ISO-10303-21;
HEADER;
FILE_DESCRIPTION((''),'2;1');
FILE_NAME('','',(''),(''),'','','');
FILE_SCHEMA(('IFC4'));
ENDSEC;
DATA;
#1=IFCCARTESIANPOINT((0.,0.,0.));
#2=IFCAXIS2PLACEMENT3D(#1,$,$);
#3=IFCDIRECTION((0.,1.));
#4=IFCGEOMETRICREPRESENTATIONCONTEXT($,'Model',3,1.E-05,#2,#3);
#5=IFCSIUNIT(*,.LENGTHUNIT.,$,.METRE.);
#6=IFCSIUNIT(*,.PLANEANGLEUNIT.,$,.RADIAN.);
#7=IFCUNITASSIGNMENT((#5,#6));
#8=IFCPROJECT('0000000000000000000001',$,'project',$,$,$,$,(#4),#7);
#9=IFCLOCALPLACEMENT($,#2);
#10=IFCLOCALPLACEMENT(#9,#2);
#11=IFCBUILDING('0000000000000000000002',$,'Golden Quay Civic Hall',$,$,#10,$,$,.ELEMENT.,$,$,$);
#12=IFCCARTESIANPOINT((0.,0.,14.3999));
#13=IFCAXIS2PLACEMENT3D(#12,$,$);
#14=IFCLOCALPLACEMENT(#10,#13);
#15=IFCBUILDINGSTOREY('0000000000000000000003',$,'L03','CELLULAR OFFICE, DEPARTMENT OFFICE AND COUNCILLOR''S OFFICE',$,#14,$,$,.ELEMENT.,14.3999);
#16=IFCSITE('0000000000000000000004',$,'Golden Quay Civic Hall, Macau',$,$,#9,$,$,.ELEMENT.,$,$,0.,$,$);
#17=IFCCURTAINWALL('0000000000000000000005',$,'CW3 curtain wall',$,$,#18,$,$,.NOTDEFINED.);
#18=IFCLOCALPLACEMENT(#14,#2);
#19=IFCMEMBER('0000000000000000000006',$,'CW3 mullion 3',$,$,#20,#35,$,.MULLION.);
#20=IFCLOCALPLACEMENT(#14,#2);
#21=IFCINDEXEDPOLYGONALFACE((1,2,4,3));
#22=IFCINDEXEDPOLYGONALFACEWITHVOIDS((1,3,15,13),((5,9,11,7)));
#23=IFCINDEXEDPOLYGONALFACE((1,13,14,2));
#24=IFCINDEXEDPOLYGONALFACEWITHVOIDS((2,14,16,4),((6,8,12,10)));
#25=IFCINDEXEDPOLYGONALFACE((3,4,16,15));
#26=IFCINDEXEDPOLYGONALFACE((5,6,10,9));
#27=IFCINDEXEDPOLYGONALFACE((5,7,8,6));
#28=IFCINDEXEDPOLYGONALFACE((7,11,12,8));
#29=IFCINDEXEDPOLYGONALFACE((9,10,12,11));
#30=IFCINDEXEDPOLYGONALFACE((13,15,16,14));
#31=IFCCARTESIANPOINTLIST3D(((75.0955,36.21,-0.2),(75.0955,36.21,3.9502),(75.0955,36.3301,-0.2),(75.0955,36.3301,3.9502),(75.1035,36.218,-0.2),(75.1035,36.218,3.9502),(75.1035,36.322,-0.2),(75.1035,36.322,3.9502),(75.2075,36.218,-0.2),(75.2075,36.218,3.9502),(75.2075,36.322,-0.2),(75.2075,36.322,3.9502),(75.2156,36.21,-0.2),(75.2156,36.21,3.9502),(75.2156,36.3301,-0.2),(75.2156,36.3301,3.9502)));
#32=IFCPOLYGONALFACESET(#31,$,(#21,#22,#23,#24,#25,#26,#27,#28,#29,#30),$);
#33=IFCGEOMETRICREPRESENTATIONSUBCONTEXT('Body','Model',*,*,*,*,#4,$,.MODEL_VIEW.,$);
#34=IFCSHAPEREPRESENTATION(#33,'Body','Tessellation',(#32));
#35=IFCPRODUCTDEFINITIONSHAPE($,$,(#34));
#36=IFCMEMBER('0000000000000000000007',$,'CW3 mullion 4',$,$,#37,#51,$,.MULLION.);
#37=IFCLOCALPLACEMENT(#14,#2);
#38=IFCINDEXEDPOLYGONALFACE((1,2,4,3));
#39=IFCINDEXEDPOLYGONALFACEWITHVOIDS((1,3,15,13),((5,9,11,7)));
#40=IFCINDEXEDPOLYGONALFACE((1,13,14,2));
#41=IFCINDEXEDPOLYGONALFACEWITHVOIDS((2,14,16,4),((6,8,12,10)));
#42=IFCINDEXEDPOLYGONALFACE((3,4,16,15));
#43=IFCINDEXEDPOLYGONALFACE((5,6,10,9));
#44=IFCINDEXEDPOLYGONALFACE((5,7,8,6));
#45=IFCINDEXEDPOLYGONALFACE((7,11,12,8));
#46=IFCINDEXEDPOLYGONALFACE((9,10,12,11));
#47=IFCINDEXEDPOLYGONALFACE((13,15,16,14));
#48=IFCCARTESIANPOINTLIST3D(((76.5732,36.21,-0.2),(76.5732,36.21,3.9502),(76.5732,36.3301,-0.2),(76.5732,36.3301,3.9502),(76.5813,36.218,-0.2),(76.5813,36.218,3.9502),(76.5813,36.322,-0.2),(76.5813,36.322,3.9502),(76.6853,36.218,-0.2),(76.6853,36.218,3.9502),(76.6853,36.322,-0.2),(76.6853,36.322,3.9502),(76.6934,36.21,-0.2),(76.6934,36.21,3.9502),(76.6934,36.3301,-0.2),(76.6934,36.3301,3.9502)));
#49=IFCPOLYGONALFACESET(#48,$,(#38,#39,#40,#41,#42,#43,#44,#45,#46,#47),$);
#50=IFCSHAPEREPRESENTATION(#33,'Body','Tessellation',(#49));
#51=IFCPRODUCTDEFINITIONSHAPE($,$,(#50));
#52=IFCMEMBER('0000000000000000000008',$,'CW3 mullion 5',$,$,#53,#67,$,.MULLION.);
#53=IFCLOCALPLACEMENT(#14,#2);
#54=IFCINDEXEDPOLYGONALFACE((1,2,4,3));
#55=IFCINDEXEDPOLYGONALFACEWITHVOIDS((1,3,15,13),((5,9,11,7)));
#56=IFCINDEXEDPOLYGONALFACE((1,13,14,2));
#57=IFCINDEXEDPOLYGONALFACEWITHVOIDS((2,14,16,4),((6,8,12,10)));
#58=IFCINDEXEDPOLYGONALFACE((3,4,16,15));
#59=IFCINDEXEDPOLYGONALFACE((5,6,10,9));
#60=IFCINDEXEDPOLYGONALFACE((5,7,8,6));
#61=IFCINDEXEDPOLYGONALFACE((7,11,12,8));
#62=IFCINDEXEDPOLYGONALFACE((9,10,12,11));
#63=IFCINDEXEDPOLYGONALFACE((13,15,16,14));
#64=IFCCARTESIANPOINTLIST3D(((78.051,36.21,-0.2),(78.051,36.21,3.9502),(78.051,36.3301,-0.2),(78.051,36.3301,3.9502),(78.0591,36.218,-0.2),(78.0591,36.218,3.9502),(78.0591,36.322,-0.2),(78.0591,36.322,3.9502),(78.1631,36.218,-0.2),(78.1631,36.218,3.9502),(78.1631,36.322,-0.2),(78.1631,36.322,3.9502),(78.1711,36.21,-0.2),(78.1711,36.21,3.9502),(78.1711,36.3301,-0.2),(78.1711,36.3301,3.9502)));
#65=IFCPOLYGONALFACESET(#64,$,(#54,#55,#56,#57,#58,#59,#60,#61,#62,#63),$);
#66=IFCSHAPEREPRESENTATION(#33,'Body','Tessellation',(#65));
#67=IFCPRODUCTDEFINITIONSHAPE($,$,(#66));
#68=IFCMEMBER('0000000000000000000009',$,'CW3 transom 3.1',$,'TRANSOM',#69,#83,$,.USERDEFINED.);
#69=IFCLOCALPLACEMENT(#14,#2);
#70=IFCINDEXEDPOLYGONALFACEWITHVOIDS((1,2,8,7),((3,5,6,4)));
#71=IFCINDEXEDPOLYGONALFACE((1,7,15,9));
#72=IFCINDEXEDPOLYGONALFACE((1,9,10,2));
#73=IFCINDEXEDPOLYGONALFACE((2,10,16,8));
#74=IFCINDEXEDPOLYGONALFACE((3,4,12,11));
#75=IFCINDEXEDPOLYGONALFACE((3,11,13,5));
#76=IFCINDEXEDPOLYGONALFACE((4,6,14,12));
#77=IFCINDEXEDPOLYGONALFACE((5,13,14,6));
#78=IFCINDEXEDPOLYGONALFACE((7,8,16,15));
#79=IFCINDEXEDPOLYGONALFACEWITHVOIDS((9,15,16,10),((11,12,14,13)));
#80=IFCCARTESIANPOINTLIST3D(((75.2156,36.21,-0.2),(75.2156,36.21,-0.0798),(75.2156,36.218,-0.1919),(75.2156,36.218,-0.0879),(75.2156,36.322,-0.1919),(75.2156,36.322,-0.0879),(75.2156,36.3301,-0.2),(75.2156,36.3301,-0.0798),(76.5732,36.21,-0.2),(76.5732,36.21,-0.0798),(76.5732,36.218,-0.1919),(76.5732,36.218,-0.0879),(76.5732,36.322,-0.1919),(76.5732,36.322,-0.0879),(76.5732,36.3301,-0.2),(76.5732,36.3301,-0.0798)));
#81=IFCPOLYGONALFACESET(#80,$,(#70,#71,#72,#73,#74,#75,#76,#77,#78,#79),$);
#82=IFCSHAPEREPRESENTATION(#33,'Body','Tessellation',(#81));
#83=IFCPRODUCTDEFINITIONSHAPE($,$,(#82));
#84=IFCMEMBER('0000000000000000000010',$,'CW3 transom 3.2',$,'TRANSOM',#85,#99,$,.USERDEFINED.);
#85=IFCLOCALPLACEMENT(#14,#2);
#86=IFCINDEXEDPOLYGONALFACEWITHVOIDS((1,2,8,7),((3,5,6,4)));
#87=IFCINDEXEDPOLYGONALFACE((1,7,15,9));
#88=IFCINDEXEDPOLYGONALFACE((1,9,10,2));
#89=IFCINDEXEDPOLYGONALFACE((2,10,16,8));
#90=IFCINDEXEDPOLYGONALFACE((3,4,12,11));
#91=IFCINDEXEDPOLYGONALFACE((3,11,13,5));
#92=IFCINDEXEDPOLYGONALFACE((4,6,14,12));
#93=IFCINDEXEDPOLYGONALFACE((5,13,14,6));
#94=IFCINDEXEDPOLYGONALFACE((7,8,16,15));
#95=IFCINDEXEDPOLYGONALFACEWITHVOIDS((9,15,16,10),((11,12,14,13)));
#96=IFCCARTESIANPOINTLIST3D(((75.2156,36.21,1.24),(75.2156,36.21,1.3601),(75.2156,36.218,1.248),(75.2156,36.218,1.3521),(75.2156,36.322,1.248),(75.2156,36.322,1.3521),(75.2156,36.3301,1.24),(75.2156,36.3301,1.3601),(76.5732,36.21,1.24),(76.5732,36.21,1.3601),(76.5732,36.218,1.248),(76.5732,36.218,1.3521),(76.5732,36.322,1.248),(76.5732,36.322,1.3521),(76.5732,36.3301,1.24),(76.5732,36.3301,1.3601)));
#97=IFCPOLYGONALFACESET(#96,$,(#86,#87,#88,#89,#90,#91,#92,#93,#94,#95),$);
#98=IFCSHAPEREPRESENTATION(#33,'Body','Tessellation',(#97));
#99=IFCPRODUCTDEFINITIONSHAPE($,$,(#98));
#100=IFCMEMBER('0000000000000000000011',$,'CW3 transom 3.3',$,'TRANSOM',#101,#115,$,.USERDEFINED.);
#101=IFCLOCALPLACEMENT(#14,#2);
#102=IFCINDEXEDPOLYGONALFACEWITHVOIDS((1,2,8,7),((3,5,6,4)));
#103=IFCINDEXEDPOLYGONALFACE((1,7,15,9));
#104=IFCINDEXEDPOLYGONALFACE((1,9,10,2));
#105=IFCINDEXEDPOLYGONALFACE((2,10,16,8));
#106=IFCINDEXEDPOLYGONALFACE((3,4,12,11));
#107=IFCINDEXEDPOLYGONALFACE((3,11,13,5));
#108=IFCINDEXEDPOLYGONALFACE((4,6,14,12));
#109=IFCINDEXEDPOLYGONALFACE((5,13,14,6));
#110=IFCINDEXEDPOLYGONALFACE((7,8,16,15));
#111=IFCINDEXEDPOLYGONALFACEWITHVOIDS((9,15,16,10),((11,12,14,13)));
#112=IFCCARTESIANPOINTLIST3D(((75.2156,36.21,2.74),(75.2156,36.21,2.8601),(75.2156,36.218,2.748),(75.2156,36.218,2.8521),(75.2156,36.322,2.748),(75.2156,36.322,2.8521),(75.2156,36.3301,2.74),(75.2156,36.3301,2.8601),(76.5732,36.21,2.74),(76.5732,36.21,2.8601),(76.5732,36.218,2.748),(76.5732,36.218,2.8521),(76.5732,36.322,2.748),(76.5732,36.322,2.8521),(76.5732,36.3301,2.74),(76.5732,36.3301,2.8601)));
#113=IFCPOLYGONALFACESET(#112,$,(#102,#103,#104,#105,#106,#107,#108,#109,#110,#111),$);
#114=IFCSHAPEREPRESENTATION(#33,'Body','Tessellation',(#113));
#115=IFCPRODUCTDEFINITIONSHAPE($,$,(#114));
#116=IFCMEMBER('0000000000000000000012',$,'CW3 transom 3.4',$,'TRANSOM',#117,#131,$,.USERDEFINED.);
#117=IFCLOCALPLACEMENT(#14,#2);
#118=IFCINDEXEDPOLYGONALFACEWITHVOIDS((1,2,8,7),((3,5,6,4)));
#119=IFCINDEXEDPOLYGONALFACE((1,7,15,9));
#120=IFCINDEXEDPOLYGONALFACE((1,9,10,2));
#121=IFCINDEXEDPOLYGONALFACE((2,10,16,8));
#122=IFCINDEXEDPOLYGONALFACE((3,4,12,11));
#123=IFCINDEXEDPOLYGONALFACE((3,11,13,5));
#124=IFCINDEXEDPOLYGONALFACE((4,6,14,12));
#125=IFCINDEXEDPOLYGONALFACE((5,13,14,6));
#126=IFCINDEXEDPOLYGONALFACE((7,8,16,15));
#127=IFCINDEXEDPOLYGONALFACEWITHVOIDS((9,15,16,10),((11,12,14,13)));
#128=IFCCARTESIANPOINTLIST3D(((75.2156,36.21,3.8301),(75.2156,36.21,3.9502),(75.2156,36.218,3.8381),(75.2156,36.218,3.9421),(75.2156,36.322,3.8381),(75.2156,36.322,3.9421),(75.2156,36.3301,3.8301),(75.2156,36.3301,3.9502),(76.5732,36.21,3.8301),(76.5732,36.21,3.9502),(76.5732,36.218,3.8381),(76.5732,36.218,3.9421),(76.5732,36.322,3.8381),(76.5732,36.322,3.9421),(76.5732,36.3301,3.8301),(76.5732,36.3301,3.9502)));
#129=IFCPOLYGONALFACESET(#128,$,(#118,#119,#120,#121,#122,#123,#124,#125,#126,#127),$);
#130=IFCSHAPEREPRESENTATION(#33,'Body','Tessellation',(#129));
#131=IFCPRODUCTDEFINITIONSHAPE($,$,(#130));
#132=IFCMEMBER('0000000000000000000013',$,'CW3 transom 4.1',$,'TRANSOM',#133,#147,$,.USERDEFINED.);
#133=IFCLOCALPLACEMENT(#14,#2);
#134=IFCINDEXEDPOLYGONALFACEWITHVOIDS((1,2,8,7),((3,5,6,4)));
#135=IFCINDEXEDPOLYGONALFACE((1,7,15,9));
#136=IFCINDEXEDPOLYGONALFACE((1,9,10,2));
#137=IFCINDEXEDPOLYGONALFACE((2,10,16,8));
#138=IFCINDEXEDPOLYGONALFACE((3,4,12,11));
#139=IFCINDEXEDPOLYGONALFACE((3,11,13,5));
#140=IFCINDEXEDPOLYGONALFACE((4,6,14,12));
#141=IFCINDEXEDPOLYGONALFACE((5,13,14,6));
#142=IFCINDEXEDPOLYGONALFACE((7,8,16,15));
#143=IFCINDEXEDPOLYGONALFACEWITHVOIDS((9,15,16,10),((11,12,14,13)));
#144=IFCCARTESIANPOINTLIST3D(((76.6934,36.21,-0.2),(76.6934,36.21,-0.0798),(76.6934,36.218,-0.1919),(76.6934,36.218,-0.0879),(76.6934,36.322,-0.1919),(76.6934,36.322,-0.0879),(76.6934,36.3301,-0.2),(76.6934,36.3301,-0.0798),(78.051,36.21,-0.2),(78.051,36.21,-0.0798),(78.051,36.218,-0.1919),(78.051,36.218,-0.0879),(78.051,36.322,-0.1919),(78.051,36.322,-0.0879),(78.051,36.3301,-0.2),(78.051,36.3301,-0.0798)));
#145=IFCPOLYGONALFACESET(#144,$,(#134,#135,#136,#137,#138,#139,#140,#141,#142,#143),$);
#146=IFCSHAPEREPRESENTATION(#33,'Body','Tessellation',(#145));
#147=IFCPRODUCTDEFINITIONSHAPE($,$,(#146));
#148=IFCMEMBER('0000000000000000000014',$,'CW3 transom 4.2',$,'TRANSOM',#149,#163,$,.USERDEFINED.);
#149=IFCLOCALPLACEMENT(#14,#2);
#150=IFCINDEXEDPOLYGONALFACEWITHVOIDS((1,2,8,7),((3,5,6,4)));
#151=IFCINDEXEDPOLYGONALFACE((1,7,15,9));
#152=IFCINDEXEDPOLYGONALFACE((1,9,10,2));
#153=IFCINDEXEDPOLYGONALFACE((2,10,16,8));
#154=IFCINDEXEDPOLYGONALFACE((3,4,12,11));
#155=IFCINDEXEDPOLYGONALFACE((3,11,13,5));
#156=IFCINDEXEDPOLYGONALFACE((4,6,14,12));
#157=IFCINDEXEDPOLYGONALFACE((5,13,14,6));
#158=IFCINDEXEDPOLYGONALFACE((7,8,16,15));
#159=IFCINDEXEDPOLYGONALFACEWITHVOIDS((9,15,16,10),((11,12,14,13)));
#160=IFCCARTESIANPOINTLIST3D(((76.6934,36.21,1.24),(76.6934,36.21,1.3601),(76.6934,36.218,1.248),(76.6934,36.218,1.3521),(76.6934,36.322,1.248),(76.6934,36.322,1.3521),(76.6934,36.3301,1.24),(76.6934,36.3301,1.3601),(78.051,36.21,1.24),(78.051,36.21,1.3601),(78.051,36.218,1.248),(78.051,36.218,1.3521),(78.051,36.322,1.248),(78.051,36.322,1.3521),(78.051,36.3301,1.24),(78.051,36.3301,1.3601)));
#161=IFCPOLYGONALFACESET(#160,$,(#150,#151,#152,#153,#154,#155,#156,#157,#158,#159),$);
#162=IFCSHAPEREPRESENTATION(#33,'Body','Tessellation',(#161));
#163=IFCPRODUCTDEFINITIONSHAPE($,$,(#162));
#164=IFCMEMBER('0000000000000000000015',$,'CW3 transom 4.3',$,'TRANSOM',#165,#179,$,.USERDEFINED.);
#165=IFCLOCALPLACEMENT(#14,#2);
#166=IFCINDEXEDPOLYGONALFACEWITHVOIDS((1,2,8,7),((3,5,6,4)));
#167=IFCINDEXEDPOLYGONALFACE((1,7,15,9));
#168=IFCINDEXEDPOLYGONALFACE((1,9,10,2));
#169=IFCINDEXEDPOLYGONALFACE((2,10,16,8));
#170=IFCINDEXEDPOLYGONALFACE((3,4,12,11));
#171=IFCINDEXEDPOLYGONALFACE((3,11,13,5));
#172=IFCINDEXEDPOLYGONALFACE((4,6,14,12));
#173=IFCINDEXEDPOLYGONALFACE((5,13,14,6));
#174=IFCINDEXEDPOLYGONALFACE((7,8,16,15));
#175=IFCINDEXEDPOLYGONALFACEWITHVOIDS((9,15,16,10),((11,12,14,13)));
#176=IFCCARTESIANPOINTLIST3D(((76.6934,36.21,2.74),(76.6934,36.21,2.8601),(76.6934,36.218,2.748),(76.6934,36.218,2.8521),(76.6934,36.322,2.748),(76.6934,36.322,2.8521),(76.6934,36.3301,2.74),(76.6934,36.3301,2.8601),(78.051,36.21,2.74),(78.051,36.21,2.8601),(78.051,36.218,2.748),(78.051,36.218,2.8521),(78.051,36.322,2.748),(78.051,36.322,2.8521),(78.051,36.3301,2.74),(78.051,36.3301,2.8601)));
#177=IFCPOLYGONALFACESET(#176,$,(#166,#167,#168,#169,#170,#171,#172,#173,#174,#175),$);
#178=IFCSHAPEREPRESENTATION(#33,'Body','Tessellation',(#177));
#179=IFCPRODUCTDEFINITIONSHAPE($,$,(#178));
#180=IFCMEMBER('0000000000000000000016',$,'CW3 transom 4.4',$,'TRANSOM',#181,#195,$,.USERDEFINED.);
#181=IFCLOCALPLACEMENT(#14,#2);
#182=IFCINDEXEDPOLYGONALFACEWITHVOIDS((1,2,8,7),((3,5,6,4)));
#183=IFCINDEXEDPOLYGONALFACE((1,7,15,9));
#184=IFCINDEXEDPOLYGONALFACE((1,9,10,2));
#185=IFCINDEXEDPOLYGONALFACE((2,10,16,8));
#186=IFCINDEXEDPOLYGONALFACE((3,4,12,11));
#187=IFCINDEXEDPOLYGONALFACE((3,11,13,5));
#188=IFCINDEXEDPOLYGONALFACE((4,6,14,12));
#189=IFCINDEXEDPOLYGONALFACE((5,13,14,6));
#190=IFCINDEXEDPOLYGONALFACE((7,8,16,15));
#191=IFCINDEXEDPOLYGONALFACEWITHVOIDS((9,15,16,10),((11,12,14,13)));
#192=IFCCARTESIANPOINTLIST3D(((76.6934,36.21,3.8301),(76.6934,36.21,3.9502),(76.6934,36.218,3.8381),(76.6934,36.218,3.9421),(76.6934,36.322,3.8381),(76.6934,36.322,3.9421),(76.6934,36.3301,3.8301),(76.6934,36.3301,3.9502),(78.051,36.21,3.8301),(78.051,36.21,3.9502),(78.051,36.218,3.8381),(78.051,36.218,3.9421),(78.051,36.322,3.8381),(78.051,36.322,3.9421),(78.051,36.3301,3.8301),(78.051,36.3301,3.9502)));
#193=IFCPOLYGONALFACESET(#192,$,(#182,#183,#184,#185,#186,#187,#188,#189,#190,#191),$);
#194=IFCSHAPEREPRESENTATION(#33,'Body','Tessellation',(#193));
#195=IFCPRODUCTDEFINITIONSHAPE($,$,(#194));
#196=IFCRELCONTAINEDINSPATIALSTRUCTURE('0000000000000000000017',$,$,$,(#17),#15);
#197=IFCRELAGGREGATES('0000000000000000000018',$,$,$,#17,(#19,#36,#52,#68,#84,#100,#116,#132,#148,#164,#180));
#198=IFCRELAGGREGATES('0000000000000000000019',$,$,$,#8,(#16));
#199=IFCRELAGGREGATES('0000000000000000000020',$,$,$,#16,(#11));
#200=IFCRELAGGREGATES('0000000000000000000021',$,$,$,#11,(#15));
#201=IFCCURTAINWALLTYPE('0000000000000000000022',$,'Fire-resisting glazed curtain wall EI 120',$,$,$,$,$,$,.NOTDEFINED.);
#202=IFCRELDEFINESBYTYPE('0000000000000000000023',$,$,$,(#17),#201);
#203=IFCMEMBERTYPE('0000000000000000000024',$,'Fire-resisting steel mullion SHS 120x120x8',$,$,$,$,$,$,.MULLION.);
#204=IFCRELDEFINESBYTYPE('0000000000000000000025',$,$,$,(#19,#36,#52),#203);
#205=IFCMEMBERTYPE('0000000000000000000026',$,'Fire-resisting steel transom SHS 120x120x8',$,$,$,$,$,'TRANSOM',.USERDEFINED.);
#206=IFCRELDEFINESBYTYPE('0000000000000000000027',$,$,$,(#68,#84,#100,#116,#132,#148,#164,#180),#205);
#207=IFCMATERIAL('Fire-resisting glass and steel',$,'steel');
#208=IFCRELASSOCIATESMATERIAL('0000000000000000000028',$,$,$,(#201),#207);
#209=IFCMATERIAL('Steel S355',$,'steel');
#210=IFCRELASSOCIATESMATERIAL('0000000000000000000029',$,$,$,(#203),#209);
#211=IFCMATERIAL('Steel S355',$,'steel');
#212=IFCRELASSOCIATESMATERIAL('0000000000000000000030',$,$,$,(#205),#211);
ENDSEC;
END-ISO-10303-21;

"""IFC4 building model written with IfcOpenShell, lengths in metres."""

from ifc_helpers import new_model, si_unit, direction, frame, origin, origin_2d, place, context, subcontext, project, spatial, hollow_rectangle, extrude, material, material_profile, profile_set, type_object, element, aggregate, save


model = new_model("IFC4")

# Units and contexts
model_context = context("Model", 3, precision=1e-05, world=origin(), true_north=direction((0.0, 1.0)))
body_context = subcontext(model_context, "Body", "Model", "MODEL_VIEW")
ifc_project = project(units=[si_unit("LENGTHUNIT", "METRE"), si_unit("PLANEANGLEUNIT", "RADIAN")], contexts=[model_context])

# Site, building, storey
site_placement = place(None, origin())
site = spatial("IfcSite", under=ifc_project, at=site_placement, Name="Golden Quay Civic Hall, Macau", CompositionType="ELEMENT", RefElevation=0.0)
building_placement = place(site_placement, origin())
building = spatial("IfcBuilding", under=site, at=building_placement, Name="Golden Quay Civic Hall", CompositionType="ELEMENT")
storey_placement = place(building_placement, frame((0.0, 0.0, 14.3999)))
storey = spatial("IfcBuildingStorey", under=building, at=storey_placement, Name="L03", Description="CELLULAR OFFICE, DEPARTMENT OFFICE AND COUNCILLOR'S OFFICE", CompositionType="ELEMENT", Elevation=14.3999)

# Curtain wall, members
ifc_material_1 = material(Name="Fire-resisting glass and steel", Category="steel")
curtain_wall_type = type_object("IfcCurtainWallType", Name="Fire-resisting glazed curtain wall EI 120", PredefinedType="NOTDEFINED", material=ifc_material_1)
curtain_wall_placement = place(storey_placement, origin())
curtain_wall = element("IfcCurtainWall", 1, at=curtain_wall_placement, inside=storey, type_object=curtain_wall_type, Name="CW3 curtain wall", PredefinedType="NOTDEFINED")
ifc_material_2 = material(Name="Steel S355", Category="steel")
ifc_material_profile_1 = material_profile(ifc_material_2, hollow_rectangle(XDim=0.1201, YDim=0.1201, WallThickness=0.0081, at=origin_2d()), Name="SHS 120x120x8")
ifc_profile_set_1 = profile_set([ifc_material_profile_1], Name="Steel S355")
member_type_1 = type_object("IfcMemberType", Name="Fire-resisting steel mullion SHS 120x120x8", PredefinedType="MULLION", material=ifc_profile_set_1)
member_1_placement = place(storey_placement, frame((75.1555, 36.27, -0.2), z_axis=(0.0, 0.0, 1.0), x_axis=(0.0, 1.0, 0.0)))
member_1 = element("IfcMember", 2, at=member_1_placement, type_object=member_type_1, Name="CW3 mullion 3", PredefinedType="MULLION", context=body_context, shape_type="SweptSolid", body=[
    extrude(hollow_rectangle(XDim=0.1201, YDim=0.1201, WallThickness=0.0081, at=origin_2d()), origin(), (0.0, 0.0, 1.0), 4.1501),
])
member_2_placement = place(storey_placement, frame((76.6333, 36.27, -0.2), z_axis=(0.0, 0.0, 1.0), x_axis=(0.0, 1.0, 0.0)))
member_2 = element("IfcMember", 3, at=member_2_placement, type_object=member_type_1, Name="CW3 mullion 4", PredefinedType="MULLION", context=body_context, shape_type="SweptSolid", body=[
    extrude(hollow_rectangle(XDim=0.1201, YDim=0.1201, WallThickness=0.0081, at=origin_2d()), origin(), (0.0, 0.0, 1.0), 4.1501),
])
member_3_placement = place(storey_placement, frame((78.1111, 36.27, -0.2), z_axis=(0.0, 0.0, 1.0), x_axis=(0.0, 1.0, 0.0)))
member_3 = element("IfcMember", 4, at=member_3_placement, type_object=member_type_1, Name="CW3 mullion 5", PredefinedType="MULLION", context=body_context, shape_type="SweptSolid", body=[
    extrude(hollow_rectangle(XDim=0.1201, YDim=0.1201, WallThickness=0.0081, at=origin_2d()), origin(), (0.0, 0.0, 1.0), 4.1501),
])
ifc_material_3 = material(Name="Steel S355", Category="steel")
ifc_material_profile_2 = material_profile(ifc_material_3, hollow_rectangle(XDim=0.1201, YDim=0.1201, WallThickness=0.0081, at=origin_2d()), Name="SHS 120x120x8")
ifc_profile_set_2 = profile_set([ifc_material_profile_2], Name="Steel S355")
member_type_2 = type_object("IfcMemberType", Name="Fire-resisting steel transom SHS 120x120x8", ElementType="TRANSOM", PredefinedType="USERDEFINED", material=ifc_profile_set_2)
member_4_placement = place(storey_placement, frame((75.2156, 36.27, -0.1399), z_axis=(1.0, 0.0, 0.0), x_axis=(0.0, 1.0, 0.0)))
member_4 = element("IfcMember", 5, at=member_4_placement, type_object=member_type_2, Name="CW3 transom 3.1", ObjectType="TRANSOM", PredefinedType="USERDEFINED", context=body_context, shape_type="SweptSolid", body=[
    extrude(hollow_rectangle(XDim=0.1201, YDim=0.1201, WallThickness=0.0081, at=origin_2d()), origin(), (0.0, 0.0, 1.0), 1.3577),
])
member_5_placement = place(storey_placement, frame((75.2156, 36.27, 1.3), z_axis=(1.0, 0.0, 0.0), x_axis=(0.0, 1.0, 0.0)))
member_5 = element("IfcMember", 6, at=member_5_placement, type_object=member_type_2, Name="CW3 transom 3.2", ObjectType="TRANSOM", PredefinedType="USERDEFINED", context=body_context, shape_type="SweptSolid", body=[
    extrude(hollow_rectangle(XDim=0.1201, YDim=0.1201, WallThickness=0.0081, at=origin_2d()), origin(), (0.0, 0.0, 1.0), 1.3577),
])
member_6_placement = place(storey_placement, frame((75.2156, 36.27, 2.8), z_axis=(1.0, 0.0, 0.0), x_axis=(0.0, 1.0, 0.0)))
member_6 = element("IfcMember", 7, at=member_6_placement, type_object=member_type_2, Name="CW3 transom 3.3", ObjectType="TRANSOM", PredefinedType="USERDEFINED", context=body_context, shape_type="SweptSolid", body=[
    extrude(hollow_rectangle(XDim=0.1201, YDim=0.1201, WallThickness=0.0081, at=origin_2d()), origin(), (0.0, 0.0, 1.0), 1.3577),
])
member_7_placement = place(storey_placement, frame((75.2156, 36.27, 3.8901), z_axis=(1.0, 0.0, 0.0), x_axis=(0.0, 1.0, 0.0)))
member_7 = element("IfcMember", 8, at=member_7_placement, type_object=member_type_2, Name="CW3 transom 3.4", ObjectType="TRANSOM", PredefinedType="USERDEFINED", context=body_context, shape_type="SweptSolid", body=[
    extrude(hollow_rectangle(XDim=0.1201, YDim=0.1201, WallThickness=0.0081, at=origin_2d()), origin(), (0.0, 0.0, 1.0), 1.3577),
])
member_8_placement = place(storey_placement, frame((76.6934, 36.27, -0.1399), z_axis=(1.0, 0.0, 0.0), x_axis=(0.0, 1.0, 0.0)))
member_8 = element("IfcMember", 9, at=member_8_placement, type_object=member_type_2, Name="CW3 transom 4.1", ObjectType="TRANSOM", PredefinedType="USERDEFINED", context=body_context, shape_type="SweptSolid", body=[
    extrude(hollow_rectangle(XDim=0.1201, YDim=0.1201, WallThickness=0.0081, at=origin_2d()), origin(), (0.0, 0.0, 1.0), 1.3577),
])
member_9_placement = place(storey_placement, frame((76.6934, 36.27, 1.3), z_axis=(1.0, 0.0, 0.0), x_axis=(0.0, 1.0, 0.0)))
member_9 = element("IfcMember", 10, at=member_9_placement, type_object=member_type_2, Name="CW3 transom 4.2", ObjectType="TRANSOM", PredefinedType="USERDEFINED", context=body_context, shape_type="SweptSolid", body=[
    extrude(hollow_rectangle(XDim=0.1201, YDim=0.1201, WallThickness=0.0081, at=origin_2d()), origin(), (0.0, 0.0, 1.0), 1.3577),
])
member_10_placement = place(storey_placement, frame((76.6934, 36.27, 2.8), z_axis=(1.0, 0.0, 0.0), x_axis=(0.0, 1.0, 0.0)))
member_10 = element("IfcMember", 11, at=member_10_placement, type_object=member_type_2, Name="CW3 transom 4.3", ObjectType="TRANSOM", PredefinedType="USERDEFINED", context=body_context, shape_type="SweptSolid", body=[
    extrude(hollow_rectangle(XDim=0.1201, YDim=0.1201, WallThickness=0.0081, at=origin_2d()), origin(), (0.0, 0.0, 1.0), 1.3577),
])
member_11_placement = place(storey_placement, frame((76.6934, 36.27, 3.8901), z_axis=(1.0, 0.0, 0.0), x_axis=(0.0, 1.0, 0.0)))
member_11 = element("IfcMember", 12, at=member_11_placement, type_object=member_type_2, Name="CW3 transom 4.4", ObjectType="TRANSOM", PredefinedType="USERDEFINED", context=body_context, shape_type="SweptSolid", body=[
    extrude(hollow_rectangle(XDim=0.1201, YDim=0.1201, WallThickness=0.0081, at=origin_2d()), origin(), (0.0, 0.0, 1.0), 1.3577),
])
aggregate(curtain_wall, [member_1, member_2, member_3, member_4, member_5, member_6, member_7, member_8, member_9, member_10, member_11])

save(model, "model.ifc")
